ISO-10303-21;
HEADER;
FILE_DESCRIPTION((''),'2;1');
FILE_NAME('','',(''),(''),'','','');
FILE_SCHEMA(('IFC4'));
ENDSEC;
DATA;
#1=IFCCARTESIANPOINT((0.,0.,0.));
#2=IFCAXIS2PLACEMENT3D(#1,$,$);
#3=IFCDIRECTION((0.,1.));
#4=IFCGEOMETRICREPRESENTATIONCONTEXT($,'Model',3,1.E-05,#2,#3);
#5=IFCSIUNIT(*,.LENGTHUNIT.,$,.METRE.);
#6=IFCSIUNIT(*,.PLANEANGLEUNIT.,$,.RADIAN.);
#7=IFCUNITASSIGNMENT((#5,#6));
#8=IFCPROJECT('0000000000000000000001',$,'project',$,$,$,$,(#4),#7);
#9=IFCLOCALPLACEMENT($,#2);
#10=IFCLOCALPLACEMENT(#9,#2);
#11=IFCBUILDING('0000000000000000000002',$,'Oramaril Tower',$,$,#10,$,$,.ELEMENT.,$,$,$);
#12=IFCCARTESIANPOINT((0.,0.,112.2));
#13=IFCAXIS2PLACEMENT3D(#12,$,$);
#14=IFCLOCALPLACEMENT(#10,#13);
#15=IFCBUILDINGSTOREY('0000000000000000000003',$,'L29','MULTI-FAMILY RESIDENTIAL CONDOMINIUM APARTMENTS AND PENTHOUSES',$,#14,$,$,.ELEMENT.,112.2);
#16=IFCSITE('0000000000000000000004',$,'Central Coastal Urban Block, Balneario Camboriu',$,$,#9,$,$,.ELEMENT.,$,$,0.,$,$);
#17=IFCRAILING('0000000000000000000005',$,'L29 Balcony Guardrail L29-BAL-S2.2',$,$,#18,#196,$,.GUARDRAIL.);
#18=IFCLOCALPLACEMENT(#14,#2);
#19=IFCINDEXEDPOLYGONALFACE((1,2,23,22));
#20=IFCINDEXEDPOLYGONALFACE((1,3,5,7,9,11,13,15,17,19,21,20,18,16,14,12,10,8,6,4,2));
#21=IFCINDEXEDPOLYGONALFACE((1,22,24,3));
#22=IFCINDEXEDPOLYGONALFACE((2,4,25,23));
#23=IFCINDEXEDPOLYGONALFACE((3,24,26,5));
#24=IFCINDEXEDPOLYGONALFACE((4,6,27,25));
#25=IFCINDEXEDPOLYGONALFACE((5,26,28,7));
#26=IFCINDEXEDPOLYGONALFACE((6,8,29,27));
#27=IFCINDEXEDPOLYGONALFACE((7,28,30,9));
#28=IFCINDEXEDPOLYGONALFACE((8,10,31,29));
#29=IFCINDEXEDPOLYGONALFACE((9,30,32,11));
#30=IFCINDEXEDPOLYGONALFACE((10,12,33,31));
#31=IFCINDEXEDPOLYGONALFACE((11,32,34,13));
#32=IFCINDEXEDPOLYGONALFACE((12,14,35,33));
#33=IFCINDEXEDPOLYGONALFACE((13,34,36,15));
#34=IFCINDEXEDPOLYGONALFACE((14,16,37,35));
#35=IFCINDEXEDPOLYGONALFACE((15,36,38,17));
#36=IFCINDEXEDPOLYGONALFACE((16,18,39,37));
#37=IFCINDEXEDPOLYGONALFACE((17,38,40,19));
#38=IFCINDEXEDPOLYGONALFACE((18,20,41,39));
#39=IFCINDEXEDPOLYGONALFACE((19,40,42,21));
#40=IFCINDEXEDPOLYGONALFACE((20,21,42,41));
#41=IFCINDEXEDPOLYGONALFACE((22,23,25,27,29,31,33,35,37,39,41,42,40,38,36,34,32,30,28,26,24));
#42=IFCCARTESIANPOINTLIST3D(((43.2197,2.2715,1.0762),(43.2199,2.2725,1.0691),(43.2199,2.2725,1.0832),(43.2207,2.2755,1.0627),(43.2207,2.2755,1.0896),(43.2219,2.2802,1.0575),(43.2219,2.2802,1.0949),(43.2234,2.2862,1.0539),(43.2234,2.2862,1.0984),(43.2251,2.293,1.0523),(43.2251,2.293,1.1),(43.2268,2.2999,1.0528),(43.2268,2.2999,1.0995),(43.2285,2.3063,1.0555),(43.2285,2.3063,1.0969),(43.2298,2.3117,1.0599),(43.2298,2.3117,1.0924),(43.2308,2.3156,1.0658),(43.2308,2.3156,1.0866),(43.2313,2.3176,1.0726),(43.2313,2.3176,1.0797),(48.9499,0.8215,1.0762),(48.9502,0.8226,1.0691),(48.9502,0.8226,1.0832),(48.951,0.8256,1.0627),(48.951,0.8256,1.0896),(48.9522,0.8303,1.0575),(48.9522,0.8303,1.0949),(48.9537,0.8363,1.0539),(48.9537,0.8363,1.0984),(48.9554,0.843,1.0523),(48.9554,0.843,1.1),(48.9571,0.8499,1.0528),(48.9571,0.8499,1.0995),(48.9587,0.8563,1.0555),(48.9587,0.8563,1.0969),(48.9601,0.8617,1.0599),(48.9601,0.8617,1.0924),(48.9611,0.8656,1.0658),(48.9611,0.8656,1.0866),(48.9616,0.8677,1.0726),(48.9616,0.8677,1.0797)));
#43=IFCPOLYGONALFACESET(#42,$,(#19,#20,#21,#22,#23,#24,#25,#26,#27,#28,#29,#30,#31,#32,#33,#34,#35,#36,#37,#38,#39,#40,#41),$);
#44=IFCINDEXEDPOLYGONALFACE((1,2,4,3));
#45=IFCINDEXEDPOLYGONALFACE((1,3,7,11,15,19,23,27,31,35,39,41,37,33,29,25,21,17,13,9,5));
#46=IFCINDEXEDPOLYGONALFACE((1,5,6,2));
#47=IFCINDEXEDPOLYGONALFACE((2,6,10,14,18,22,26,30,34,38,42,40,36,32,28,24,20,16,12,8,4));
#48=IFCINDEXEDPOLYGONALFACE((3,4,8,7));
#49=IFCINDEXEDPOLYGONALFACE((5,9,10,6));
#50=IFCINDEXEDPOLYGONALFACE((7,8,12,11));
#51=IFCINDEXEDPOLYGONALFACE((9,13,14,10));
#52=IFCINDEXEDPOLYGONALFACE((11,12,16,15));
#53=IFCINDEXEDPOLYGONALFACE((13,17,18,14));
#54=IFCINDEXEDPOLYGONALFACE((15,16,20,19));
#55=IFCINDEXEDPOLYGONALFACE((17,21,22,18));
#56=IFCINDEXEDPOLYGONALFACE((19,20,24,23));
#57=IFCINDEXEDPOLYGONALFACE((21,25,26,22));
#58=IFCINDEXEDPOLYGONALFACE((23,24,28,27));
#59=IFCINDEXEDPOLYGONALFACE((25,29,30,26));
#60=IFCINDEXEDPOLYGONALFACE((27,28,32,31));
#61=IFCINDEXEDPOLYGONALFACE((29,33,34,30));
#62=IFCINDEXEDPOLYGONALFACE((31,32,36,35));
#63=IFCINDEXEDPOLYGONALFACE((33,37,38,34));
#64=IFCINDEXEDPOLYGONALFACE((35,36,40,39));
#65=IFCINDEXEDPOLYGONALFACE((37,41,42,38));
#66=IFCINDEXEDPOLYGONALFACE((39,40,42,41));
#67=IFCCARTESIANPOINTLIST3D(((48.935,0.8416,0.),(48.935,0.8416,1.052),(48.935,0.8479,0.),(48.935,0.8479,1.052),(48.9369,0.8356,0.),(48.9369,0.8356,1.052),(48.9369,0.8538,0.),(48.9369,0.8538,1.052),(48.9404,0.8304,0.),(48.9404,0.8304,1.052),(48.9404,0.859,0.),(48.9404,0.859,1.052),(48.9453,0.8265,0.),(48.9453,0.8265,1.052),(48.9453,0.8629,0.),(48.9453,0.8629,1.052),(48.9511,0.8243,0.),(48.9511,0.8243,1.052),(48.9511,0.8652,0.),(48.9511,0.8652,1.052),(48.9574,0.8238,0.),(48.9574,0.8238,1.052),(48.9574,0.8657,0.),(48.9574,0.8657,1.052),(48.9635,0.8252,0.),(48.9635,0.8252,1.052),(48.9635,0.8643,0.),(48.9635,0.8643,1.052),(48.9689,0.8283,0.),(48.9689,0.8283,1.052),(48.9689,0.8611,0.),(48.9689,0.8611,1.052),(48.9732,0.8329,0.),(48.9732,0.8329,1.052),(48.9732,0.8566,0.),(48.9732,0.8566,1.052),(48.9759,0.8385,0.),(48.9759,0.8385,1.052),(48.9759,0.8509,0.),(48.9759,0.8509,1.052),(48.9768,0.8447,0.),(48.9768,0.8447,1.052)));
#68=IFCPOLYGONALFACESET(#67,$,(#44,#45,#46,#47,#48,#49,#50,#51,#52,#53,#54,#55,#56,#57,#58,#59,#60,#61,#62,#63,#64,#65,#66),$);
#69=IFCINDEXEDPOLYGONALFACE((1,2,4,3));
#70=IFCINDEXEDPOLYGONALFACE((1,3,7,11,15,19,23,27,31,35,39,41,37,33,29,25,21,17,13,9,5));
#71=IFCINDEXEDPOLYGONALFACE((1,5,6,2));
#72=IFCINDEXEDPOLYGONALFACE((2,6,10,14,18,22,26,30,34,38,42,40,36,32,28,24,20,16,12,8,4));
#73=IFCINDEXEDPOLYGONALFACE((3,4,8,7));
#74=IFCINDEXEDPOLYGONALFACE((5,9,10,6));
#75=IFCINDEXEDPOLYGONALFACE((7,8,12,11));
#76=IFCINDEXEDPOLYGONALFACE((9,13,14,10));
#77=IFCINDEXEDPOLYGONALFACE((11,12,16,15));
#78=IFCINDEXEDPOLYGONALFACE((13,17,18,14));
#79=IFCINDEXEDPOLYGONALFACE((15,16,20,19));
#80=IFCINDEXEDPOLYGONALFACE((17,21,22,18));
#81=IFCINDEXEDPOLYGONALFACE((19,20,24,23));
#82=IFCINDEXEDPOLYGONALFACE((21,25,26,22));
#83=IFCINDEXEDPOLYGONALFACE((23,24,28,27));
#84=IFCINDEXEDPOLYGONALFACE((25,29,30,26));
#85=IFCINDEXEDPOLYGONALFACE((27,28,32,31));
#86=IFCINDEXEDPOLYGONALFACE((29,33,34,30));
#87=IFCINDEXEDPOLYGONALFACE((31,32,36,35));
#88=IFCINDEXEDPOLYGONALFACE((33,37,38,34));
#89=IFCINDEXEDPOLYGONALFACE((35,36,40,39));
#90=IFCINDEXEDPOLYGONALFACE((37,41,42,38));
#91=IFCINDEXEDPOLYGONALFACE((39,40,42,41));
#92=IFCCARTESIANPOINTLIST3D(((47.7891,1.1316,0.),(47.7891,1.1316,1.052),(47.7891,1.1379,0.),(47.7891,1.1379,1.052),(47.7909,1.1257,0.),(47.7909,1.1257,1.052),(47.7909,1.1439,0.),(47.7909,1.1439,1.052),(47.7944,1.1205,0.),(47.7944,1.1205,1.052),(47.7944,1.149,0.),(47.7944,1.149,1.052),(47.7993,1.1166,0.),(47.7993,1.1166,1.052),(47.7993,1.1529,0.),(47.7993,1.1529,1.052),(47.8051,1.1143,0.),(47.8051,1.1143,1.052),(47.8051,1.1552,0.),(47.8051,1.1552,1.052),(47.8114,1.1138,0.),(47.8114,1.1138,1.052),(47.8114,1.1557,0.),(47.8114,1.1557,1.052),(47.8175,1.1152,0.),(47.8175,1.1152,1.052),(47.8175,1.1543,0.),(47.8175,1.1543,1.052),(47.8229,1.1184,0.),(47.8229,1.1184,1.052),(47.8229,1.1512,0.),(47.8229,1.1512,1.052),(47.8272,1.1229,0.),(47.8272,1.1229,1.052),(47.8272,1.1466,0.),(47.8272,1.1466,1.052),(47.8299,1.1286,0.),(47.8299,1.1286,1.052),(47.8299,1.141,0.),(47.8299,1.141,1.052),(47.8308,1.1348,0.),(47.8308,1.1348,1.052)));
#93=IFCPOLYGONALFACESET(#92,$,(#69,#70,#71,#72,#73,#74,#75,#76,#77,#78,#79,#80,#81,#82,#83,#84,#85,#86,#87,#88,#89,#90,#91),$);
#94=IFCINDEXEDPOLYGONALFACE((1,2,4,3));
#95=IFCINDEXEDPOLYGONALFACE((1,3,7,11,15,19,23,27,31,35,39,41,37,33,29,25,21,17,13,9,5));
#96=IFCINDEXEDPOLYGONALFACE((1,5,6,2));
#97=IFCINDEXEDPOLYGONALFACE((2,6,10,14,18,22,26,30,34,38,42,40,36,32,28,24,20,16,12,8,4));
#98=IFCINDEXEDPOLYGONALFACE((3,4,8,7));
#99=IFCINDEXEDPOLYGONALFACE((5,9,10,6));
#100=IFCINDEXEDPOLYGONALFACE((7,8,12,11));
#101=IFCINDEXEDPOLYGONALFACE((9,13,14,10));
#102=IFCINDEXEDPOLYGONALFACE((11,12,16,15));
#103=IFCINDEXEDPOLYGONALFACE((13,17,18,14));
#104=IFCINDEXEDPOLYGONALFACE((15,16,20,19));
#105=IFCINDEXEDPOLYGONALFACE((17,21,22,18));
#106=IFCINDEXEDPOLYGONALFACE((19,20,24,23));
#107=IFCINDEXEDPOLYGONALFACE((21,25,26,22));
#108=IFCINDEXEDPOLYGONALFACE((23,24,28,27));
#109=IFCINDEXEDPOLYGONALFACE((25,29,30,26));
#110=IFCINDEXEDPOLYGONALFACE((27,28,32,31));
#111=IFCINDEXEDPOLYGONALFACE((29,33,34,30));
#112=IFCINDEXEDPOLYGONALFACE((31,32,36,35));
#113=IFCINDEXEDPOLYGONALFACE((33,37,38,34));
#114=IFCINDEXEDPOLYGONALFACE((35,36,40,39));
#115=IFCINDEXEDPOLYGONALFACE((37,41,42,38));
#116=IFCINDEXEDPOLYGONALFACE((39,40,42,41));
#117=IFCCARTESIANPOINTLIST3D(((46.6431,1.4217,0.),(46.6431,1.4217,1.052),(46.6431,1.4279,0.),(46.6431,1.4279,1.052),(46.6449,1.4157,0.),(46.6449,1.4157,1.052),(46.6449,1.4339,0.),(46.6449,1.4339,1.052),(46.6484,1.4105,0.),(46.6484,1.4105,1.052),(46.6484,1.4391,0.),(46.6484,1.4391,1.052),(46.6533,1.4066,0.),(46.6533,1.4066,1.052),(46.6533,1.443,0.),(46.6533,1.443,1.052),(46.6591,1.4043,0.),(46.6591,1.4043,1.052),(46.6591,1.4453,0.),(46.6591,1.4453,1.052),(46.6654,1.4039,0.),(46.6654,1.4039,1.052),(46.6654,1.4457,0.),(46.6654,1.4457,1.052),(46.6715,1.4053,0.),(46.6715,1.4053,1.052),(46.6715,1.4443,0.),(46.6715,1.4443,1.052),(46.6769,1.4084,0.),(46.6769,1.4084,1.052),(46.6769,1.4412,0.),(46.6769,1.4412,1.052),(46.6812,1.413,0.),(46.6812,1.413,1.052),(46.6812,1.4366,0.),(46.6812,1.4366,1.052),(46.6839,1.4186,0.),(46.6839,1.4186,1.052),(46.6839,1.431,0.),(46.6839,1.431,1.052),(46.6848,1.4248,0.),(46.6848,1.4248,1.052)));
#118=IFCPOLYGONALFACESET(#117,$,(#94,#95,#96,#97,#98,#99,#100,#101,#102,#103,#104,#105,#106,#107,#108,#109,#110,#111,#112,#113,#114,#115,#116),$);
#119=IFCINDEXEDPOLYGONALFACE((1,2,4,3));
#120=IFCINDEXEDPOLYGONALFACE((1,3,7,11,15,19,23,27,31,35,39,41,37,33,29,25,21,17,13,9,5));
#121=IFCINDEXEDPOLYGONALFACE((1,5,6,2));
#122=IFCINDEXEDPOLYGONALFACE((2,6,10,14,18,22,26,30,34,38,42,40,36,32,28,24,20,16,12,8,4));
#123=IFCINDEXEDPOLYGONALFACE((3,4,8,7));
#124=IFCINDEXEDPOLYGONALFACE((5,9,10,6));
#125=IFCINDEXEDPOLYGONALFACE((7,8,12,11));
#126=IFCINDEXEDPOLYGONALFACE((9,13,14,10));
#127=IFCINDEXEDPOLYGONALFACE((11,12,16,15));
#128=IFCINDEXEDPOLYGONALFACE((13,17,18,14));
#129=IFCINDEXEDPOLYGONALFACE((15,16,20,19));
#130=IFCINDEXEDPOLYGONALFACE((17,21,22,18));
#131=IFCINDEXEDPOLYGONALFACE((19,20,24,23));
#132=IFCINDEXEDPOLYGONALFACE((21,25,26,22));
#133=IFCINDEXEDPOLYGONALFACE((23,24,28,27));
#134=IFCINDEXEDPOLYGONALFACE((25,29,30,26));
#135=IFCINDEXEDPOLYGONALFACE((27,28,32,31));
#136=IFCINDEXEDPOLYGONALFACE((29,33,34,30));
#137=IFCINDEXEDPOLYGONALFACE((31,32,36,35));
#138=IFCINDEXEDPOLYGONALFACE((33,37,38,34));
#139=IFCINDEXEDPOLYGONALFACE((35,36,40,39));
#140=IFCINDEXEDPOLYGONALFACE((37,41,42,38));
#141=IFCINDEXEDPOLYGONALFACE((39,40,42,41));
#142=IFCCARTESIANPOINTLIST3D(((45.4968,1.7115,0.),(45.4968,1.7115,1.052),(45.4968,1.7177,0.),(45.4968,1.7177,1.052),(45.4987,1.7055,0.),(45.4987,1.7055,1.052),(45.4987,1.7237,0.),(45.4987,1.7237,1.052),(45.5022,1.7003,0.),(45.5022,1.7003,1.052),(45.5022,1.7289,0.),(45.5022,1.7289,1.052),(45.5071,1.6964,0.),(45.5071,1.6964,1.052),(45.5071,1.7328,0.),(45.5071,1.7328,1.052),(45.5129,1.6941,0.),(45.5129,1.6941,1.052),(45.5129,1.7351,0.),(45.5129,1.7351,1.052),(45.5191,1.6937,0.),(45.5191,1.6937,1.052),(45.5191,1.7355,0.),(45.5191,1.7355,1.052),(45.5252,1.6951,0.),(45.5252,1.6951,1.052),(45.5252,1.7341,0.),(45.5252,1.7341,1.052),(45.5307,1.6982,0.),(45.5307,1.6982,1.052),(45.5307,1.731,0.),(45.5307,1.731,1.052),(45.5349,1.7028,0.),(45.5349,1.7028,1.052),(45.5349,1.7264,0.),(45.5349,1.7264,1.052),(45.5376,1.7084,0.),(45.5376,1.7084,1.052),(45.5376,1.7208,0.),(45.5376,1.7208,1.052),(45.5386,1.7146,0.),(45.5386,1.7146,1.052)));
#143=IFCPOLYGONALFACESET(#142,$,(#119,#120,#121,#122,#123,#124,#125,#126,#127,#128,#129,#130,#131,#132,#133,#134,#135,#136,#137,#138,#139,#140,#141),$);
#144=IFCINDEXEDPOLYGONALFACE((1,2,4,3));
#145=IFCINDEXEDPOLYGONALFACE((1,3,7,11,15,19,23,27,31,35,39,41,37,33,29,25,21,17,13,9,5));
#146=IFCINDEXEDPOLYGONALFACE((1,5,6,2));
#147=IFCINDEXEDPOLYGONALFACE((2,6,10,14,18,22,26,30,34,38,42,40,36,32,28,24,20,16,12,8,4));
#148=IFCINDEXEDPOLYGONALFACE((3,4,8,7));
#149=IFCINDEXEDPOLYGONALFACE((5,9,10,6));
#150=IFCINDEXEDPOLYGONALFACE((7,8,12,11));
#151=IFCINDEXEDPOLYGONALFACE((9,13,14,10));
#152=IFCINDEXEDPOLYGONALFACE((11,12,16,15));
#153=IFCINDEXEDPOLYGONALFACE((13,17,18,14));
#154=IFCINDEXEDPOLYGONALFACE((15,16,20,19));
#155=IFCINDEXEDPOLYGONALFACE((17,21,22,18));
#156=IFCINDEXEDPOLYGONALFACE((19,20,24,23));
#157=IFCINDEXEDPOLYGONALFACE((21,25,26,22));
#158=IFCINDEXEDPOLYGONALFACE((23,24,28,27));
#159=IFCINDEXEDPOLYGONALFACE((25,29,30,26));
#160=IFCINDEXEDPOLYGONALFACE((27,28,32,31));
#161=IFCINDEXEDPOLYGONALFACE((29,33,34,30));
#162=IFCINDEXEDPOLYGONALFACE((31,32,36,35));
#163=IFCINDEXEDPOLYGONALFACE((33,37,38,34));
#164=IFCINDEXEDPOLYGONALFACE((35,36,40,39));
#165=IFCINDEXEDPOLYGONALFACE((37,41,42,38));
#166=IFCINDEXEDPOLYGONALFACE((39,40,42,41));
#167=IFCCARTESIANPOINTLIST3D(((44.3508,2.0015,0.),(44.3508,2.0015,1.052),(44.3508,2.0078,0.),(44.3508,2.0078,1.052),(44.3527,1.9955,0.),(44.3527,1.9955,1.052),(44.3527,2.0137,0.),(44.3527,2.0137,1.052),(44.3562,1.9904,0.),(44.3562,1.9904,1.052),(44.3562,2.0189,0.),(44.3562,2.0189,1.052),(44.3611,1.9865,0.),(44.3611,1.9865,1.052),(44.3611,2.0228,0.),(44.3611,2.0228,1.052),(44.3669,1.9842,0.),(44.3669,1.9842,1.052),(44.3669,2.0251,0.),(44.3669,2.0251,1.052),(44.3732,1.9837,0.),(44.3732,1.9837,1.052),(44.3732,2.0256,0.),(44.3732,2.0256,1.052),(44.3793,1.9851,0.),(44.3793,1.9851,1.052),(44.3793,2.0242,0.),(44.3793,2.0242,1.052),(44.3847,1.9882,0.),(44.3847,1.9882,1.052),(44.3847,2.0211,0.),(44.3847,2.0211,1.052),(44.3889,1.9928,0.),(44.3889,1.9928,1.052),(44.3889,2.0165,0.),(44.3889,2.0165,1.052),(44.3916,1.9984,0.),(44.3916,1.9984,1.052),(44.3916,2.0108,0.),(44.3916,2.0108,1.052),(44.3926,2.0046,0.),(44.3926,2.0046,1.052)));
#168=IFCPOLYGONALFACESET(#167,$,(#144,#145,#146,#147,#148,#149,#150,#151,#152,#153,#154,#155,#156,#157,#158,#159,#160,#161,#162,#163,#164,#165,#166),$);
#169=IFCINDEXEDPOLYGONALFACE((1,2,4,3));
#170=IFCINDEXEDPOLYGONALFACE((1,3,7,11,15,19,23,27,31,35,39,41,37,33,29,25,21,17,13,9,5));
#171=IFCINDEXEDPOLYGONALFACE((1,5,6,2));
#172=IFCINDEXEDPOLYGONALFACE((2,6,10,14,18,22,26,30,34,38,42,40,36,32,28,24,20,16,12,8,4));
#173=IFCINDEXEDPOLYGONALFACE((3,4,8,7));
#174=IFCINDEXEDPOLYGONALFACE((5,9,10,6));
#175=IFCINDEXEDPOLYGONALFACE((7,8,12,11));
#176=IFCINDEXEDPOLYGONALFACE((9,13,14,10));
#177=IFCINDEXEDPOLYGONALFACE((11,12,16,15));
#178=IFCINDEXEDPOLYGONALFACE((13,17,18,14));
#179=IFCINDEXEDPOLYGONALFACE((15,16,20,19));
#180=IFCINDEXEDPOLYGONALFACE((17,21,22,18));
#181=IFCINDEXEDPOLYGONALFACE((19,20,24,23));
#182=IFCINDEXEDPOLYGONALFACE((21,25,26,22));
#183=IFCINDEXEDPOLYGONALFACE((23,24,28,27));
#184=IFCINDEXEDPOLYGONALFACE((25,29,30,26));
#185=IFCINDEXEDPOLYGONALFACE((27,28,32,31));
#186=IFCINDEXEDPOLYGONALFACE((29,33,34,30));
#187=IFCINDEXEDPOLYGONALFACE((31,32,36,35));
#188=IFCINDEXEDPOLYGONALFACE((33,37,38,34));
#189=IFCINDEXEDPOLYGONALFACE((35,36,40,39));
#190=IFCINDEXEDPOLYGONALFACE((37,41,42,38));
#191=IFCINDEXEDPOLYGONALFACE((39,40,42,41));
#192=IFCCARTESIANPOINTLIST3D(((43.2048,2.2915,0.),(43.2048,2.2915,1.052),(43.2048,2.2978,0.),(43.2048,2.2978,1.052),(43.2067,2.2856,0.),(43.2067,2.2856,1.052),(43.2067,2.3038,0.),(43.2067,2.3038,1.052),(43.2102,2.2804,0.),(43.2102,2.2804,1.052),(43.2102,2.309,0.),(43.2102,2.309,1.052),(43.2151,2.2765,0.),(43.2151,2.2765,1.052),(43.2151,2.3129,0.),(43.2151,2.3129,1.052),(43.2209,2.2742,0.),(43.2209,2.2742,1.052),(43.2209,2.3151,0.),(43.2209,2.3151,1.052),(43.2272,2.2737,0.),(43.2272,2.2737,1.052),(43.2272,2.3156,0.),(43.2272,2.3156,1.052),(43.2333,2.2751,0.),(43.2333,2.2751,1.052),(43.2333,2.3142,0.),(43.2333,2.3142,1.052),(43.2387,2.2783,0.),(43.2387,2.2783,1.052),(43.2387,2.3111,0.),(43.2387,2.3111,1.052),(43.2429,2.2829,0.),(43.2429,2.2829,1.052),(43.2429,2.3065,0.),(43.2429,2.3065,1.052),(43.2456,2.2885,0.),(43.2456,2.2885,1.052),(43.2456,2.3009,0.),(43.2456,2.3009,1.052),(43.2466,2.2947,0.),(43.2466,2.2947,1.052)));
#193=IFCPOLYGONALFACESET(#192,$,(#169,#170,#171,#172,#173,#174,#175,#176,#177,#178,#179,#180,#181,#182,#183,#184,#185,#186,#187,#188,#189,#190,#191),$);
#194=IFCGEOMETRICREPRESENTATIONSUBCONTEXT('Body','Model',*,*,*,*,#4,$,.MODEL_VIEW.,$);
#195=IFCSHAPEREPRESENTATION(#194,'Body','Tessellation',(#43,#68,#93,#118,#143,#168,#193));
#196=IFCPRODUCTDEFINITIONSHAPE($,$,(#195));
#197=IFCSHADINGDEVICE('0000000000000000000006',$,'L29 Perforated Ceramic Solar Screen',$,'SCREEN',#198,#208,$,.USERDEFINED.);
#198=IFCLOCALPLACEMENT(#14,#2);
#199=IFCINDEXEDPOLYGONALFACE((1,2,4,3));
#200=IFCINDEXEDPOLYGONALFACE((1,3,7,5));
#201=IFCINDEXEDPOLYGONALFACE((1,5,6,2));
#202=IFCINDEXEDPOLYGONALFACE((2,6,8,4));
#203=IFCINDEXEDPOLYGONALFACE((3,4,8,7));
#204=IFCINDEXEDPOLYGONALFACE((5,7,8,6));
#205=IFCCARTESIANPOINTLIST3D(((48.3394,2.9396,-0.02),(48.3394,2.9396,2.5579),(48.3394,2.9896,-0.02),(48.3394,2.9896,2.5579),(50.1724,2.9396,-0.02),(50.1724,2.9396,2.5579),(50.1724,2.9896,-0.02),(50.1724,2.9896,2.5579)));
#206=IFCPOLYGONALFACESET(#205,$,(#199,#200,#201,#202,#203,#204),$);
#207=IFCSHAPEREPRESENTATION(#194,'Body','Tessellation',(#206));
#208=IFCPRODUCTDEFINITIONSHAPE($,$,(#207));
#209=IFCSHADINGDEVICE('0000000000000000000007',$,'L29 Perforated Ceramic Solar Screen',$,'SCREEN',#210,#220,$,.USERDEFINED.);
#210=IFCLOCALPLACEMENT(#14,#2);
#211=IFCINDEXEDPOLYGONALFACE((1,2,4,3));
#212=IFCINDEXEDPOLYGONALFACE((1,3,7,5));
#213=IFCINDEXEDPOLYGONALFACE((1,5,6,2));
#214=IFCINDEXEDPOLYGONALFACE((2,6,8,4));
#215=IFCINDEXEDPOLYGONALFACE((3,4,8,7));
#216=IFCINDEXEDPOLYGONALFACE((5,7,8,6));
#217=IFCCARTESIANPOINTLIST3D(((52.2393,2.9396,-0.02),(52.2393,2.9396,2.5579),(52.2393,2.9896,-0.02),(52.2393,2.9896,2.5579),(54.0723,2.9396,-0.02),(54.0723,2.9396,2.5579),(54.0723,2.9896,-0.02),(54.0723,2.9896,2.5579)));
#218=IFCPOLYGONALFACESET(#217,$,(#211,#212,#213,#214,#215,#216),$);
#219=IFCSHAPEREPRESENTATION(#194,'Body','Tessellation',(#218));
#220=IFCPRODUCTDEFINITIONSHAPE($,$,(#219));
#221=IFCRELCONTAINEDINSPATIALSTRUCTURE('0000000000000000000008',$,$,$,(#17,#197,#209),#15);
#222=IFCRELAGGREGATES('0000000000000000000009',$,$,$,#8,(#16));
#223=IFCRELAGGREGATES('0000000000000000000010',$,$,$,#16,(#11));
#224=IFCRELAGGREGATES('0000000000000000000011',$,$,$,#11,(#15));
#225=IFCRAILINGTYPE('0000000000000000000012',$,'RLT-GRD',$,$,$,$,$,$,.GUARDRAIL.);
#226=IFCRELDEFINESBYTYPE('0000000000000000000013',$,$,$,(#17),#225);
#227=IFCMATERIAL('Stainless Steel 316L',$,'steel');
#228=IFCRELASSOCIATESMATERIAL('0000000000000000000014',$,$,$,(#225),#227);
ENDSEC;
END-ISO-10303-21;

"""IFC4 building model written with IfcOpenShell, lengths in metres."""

from ifc_helpers import new_model, si_unit, direction, frame, origin, origin_2d, place, context, subcontext, project, spatial, rectangle, circle, extrude, material, type_object, element, save


model = new_model("IFC4")

# Units and contexts
model_context = context("Model", 3, precision=1e-05, world=origin(), true_north=direction((0.0, 1.0)))
body_context = subcontext(model_context, "Body", "Model", "MODEL_VIEW")
ifc_project = project(units=[si_unit("LENGTHUNIT", "METRE"), si_unit("PLANEANGLEUNIT", "RADIAN")], contexts=[model_context])

# Site, building, storey
site_placement = place(None, origin())
site = spatial("IfcSite", under=ifc_project, at=site_placement, Name="Central Coastal Urban Block, Balneario Camboriu", CompositionType="ELEMENT", RefElevation=0.0)
building_placement = place(site_placement, origin())
building = spatial("IfcBuilding", under=site, at=building_placement, Name="Oramaril Tower", CompositionType="ELEMENT")
storey_placement = place(building_placement, frame((0.0, 0.0, 112.2)))
storey = spatial("IfcBuildingStorey", under=building, at=storey_placement, Name="L29", Description="MULTI-FAMILY RESIDENTIAL CONDOMINIUM APARTMENTS AND PENTHOUSES", CompositionType="ELEMENT", Elevation=112.2)

# Railing
ifc_material_1 = material(Name="Stainless Steel 316L", Category="steel")
railing_type = type_object("IfcRailingType", Name="RLT-GRD", PredefinedType="GUARDRAIL", material=ifc_material_1)
railing_1_placement = place(storey_placement, frame((48.9558, 0.8447, 0.0)))
element("IfcRailing", 1, at=railing_1_placement, inside=storey, type_object=railing_type, Name="L29 Balcony Guardrail L29-BAL-S2.2", PredefinedType="GUARDRAIL", context=body_context, shape_type="SweptSolid", body=[
    extrude(circle(Radius=0.0239, at=origin_2d()), frame((0.0, 0.0, 1.0762), z_axis=(-0.969446, 0.245304, 0.0), x_axis=(-0.245304, -0.969446, 0.0)), (0.0, 0.0, 1.0), 5.9109),
    extrude(circle(Radius=0.021, at=origin_2d()), origin(), (0.0, 0.0, 1.0), 1.052),
    extrude(circle(Radius=0.021, at=origin_2d()), frame((-1.146, 0.29, 0.0)), (0.0, 0.0, 1.0), 1.052),
    extrude(circle(Radius=0.021, at=origin_2d()), frame((-2.292, 0.5801, 0.0)), (0.0, 0.0, 1.0), 1.052),
    extrude(circle(Radius=0.021, at=origin_2d()), frame((-3.4382, 0.8699, 0.0)), (0.0, 0.0, 1.0), 1.052),
    extrude(circle(Radius=0.021, at=origin_2d()), frame((-4.5842, 1.1599, 0.0)), (0.0, 0.0, 1.0), 1.052),
    extrude(circle(Radius=0.021, at=origin_2d()), frame((-5.7302, 1.45, 0.0)), (0.0, 0.0, 1.0), 1.052),
])

# Shading devices
for number, where, z_axis, x_axis, name in (
    (2, (49.2559, 2.9646, -0.02), (0.0, 0.0, 1.0), (1.0, 0.0, 0.0), "L29 Perforated Ceramic Solar Screen"),
    (3, (53.1558, 2.9646, -0.02), (0.0, 0.0, 1.0), (1.0, 0.0, 0.0), "L29 Perforated Ceramic Solar Screen"),
):
    element("IfcShadingDevice", number, at=place(storey_placement, frame(where, z_axis=z_axis, x_axis=x_axis)), inside=storey, Name=name, ObjectType="SCREEN", PredefinedType="USERDEFINED", context=body_context, shape_type="SweptSolid", body=[
        extrude(rectangle(XDim=1.833, YDim=0.05, at=origin_2d()), origin(), (0.0, 0.0, 1.0), 2.5779),
    ])

save(model, "model.ifc")
